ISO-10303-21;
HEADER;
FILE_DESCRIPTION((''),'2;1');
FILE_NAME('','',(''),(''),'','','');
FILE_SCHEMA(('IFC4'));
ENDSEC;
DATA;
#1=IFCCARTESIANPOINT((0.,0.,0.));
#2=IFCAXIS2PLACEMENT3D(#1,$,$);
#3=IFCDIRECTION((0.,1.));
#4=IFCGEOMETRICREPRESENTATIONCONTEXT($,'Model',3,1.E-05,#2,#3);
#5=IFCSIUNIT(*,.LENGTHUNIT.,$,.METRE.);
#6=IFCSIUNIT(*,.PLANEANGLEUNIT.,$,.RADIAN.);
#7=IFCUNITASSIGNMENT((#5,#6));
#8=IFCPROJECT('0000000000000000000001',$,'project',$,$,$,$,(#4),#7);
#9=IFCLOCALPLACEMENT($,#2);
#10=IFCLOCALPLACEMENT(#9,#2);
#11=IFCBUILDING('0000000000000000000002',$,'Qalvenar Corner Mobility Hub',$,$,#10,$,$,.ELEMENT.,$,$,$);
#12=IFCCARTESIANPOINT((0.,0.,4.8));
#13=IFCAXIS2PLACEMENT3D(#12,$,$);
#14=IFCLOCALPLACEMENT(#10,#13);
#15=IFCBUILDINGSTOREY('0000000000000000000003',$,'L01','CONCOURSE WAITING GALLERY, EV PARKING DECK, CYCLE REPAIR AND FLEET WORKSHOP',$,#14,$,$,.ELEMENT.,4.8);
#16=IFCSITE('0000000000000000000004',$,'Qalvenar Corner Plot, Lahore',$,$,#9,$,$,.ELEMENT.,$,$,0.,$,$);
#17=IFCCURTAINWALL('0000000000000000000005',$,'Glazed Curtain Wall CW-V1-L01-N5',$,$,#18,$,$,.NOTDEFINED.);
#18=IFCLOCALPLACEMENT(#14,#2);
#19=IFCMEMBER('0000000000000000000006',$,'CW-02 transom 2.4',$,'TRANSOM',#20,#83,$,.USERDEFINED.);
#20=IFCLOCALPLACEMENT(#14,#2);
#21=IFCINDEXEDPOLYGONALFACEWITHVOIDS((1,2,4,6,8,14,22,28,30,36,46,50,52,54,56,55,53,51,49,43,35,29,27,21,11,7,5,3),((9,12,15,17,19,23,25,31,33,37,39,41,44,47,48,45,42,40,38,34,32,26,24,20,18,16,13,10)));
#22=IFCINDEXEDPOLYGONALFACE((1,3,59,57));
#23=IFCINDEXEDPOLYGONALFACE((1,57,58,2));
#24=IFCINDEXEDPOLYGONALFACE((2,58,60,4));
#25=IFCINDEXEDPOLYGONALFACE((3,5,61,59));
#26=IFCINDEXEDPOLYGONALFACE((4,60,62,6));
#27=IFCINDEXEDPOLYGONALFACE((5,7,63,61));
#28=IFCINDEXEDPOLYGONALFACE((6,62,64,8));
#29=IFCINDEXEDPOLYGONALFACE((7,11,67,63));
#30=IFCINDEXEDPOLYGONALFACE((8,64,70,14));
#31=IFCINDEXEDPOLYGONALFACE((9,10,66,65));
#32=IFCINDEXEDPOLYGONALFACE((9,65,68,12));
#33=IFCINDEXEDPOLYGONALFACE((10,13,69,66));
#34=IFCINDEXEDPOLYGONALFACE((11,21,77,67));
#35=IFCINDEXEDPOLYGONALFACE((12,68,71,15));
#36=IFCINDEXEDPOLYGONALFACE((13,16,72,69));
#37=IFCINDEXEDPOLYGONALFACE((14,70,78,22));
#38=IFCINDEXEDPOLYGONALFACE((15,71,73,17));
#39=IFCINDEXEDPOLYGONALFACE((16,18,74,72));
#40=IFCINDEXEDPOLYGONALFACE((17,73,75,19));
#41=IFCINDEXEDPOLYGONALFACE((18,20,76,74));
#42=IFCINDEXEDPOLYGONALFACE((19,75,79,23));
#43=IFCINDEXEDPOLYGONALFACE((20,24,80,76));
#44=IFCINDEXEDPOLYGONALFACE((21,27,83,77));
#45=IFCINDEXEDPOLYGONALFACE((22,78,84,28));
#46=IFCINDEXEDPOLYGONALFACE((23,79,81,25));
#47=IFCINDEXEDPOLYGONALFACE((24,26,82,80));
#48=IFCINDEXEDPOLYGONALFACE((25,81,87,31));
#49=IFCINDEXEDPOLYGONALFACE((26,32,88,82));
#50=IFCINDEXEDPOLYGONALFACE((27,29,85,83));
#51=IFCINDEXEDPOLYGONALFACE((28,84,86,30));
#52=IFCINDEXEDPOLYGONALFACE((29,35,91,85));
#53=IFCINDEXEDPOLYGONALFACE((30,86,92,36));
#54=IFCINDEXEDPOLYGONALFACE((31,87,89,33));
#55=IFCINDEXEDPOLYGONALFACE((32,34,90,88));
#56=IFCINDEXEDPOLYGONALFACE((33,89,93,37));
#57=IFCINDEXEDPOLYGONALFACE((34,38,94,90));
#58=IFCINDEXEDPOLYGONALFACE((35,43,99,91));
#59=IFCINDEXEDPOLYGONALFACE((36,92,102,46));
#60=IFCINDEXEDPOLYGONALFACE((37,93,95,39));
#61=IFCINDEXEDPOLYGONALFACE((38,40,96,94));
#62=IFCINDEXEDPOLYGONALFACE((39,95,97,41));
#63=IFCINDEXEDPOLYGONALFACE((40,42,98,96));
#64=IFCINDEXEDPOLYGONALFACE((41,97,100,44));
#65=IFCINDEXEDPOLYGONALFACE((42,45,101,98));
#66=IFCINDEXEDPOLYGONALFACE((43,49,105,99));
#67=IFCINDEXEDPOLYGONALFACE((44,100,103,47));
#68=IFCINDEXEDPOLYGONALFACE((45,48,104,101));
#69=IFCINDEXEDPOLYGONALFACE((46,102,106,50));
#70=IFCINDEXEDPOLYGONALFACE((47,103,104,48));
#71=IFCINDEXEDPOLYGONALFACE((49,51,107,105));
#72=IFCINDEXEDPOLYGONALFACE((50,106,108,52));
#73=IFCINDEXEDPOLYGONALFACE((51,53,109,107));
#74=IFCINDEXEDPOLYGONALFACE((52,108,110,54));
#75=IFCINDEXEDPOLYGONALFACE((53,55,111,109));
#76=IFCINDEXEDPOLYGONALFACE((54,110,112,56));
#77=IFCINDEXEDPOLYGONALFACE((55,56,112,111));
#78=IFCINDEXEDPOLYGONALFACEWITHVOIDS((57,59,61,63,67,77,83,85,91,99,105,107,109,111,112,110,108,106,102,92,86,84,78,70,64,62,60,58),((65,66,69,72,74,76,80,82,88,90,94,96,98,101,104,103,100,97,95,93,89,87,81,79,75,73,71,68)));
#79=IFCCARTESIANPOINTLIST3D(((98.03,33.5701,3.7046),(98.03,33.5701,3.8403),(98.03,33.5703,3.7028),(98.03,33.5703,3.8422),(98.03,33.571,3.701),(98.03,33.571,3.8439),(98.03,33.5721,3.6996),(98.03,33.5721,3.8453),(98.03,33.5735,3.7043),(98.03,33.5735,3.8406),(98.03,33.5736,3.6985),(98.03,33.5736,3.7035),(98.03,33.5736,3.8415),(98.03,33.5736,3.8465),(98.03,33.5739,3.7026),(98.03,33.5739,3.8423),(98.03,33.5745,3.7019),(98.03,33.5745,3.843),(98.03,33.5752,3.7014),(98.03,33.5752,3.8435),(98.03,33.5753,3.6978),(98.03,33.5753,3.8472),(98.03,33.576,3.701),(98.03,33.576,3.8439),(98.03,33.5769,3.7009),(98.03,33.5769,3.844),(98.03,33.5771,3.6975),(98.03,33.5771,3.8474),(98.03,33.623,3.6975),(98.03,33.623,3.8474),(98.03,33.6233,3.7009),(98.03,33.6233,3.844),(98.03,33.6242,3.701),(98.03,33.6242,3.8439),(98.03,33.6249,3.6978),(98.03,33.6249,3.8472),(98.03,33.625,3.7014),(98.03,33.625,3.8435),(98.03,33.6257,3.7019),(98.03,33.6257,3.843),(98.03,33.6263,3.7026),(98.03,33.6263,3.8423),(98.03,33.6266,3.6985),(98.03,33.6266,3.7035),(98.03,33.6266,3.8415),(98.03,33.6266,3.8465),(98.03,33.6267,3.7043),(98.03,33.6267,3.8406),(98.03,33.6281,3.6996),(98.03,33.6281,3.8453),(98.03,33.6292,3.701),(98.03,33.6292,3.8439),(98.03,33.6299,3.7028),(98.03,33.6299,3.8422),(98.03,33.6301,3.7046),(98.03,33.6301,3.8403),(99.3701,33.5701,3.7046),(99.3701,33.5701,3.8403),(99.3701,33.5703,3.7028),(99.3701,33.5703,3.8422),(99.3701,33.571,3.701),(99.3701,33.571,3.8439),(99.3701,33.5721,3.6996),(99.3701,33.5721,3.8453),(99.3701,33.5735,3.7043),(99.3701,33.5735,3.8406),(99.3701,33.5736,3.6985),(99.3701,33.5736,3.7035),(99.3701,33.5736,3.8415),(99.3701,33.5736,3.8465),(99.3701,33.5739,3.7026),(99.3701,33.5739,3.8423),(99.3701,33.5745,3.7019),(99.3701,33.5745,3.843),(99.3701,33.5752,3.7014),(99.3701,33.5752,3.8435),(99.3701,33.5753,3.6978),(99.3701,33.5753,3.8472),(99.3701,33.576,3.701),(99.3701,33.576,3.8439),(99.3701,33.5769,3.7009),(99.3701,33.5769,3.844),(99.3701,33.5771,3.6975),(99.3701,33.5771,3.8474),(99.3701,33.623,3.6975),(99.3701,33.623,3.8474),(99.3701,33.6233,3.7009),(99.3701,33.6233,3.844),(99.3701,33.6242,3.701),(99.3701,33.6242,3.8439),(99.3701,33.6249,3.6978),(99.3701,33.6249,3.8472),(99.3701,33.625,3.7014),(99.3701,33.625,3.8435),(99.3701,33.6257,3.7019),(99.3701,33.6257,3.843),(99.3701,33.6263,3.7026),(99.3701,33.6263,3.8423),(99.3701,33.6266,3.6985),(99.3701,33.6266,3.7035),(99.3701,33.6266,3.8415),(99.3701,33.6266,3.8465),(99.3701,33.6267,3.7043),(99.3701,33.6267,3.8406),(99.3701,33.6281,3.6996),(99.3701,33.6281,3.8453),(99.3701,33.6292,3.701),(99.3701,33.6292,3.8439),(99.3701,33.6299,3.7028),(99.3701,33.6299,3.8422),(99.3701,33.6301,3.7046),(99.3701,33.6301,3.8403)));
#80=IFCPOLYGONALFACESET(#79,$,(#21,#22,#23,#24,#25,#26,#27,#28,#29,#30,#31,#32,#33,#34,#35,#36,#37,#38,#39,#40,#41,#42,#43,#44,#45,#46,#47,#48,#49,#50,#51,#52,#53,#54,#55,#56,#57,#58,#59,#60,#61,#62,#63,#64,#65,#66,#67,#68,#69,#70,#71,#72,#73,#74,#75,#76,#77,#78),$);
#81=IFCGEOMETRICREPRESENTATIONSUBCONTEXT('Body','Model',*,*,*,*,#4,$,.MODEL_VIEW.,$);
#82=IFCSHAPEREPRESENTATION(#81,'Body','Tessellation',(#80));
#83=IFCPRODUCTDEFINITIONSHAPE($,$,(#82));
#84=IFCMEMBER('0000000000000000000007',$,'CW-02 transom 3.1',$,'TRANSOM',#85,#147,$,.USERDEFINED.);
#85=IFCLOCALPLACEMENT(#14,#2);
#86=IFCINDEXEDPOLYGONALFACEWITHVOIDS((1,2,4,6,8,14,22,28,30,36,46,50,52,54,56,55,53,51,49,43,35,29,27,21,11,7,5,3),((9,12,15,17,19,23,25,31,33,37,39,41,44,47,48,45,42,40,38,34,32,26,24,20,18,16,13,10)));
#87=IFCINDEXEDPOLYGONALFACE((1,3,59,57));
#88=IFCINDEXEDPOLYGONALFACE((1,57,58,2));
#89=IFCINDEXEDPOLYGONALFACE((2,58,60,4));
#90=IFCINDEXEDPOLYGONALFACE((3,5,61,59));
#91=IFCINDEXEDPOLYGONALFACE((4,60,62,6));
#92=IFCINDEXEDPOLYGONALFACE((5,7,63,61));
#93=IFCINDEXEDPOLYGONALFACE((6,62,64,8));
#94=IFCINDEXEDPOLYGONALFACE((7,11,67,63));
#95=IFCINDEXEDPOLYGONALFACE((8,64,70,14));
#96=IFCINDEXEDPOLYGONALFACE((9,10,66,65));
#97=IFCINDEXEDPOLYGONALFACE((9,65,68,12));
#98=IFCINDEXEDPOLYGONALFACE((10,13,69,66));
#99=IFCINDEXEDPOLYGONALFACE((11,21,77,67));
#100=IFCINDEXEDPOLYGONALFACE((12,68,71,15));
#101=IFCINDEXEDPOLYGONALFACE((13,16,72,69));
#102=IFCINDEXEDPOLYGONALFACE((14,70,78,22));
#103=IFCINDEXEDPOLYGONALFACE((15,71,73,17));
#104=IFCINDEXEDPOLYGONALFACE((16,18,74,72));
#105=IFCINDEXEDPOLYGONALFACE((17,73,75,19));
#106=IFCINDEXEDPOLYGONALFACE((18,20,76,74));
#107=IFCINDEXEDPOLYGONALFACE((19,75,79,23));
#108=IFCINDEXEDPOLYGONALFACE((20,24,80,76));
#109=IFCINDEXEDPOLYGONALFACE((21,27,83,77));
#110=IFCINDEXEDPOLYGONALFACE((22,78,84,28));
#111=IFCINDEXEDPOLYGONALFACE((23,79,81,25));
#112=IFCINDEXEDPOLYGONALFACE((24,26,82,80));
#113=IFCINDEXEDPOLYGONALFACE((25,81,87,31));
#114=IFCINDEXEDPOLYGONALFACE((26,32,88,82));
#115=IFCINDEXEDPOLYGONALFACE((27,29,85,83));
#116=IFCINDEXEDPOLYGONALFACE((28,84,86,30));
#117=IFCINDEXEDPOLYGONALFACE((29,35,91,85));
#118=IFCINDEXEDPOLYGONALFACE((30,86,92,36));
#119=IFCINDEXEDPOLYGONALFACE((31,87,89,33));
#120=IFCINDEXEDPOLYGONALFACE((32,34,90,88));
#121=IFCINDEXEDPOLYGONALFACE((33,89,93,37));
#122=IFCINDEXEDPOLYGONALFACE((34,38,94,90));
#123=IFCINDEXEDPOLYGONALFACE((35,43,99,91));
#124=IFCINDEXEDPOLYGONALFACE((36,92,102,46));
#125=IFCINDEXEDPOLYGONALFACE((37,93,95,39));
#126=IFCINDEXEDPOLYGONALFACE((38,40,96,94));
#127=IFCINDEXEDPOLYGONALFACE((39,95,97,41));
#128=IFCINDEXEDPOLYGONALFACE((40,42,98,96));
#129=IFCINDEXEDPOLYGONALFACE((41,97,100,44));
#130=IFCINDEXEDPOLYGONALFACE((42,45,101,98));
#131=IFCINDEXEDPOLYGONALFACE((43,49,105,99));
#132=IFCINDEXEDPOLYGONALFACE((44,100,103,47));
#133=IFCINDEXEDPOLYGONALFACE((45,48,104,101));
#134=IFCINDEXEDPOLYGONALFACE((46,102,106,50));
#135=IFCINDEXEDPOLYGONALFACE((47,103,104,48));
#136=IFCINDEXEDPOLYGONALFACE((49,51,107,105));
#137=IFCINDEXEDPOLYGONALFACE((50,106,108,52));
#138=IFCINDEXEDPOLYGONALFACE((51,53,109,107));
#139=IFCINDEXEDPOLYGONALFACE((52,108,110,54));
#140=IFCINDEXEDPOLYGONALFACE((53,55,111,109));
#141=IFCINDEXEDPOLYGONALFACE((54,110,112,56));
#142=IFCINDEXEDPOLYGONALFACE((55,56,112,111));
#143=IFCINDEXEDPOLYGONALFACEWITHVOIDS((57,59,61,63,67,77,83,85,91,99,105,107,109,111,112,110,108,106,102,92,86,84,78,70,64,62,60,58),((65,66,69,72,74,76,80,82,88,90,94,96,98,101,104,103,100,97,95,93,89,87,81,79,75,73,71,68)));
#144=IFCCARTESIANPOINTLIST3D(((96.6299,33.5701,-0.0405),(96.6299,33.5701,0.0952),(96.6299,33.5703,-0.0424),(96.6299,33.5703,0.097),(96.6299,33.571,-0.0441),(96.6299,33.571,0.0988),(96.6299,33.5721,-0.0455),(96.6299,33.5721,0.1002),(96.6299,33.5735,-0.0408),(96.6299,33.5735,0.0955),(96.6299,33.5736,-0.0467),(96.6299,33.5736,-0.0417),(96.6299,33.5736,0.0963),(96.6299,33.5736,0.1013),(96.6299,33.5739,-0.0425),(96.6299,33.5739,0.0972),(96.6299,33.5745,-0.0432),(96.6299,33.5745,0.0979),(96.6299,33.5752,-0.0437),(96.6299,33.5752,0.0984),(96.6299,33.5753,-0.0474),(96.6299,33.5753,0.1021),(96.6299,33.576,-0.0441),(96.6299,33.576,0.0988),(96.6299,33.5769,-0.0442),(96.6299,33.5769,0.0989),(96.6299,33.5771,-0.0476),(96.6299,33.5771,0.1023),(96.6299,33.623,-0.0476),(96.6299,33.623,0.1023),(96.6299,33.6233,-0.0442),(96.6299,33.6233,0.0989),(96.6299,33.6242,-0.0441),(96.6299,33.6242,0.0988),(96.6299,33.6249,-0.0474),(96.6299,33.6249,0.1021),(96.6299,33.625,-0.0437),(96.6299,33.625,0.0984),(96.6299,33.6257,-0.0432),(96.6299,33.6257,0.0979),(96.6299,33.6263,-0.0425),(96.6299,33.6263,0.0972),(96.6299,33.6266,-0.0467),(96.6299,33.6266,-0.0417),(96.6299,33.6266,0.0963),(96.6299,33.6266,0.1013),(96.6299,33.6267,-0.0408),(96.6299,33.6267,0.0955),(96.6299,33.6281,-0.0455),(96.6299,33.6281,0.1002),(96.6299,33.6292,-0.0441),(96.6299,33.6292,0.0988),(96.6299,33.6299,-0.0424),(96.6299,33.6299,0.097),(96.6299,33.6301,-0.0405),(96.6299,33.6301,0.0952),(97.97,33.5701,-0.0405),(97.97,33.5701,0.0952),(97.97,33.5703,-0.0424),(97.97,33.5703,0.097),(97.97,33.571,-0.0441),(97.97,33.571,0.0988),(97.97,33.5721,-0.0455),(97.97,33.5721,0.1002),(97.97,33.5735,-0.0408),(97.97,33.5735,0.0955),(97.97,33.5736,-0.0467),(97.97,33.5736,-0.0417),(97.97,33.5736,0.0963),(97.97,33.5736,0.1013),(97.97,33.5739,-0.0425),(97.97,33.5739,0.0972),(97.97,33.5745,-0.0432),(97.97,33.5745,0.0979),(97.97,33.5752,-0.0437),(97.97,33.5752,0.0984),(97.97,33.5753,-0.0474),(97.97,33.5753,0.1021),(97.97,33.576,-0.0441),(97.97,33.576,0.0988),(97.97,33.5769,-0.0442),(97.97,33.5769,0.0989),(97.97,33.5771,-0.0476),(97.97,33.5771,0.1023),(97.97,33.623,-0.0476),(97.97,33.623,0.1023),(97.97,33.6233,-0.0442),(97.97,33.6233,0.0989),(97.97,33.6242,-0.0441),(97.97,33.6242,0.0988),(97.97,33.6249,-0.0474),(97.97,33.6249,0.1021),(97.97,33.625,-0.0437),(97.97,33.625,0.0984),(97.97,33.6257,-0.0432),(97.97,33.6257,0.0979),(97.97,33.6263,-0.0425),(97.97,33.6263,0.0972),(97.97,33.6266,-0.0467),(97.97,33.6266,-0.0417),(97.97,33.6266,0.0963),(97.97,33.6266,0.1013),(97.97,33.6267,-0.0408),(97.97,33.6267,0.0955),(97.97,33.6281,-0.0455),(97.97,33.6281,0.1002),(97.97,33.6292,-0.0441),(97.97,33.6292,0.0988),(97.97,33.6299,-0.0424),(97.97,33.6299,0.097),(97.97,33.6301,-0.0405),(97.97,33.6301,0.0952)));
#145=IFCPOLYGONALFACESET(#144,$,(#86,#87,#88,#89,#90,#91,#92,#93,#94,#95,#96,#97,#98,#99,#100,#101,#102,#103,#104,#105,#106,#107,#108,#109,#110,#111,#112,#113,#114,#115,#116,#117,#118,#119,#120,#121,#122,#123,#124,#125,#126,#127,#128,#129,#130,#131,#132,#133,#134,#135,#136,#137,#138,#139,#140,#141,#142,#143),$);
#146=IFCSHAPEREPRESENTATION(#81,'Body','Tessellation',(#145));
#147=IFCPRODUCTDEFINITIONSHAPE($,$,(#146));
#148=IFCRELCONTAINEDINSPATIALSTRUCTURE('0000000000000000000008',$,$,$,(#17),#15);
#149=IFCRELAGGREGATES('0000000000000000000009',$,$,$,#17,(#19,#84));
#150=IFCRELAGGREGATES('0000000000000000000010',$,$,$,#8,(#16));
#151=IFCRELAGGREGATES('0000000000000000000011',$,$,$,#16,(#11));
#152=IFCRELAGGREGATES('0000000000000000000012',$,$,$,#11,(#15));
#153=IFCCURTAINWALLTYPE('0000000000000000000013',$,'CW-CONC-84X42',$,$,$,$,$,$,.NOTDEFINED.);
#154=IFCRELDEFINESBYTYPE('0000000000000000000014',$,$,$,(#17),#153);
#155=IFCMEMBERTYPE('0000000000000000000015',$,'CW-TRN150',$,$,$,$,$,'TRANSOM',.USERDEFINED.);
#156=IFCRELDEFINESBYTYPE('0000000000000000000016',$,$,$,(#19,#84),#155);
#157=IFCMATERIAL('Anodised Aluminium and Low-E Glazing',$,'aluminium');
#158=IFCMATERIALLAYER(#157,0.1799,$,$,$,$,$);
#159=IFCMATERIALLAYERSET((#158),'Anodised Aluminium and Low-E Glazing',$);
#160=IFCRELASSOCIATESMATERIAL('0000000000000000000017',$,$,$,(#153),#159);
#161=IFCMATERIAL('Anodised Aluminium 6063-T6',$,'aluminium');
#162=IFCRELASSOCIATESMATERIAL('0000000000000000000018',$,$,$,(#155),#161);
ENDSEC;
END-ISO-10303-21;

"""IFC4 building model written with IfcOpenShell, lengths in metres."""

from ifc_helpers import new_model, si_unit, direction, frame, origin, origin_2d, place, context, subcontext, project, spatial, hollow_rectangle, extrude, material, layer, layer_set, material_profile, profile_set, type_object, element, aggregate, save


model = new_model("IFC4")

# Units and contexts
model_context = context("Model", 3, precision=1e-05, world=origin(), true_north=direction((0.0, 1.0)))
body_context = subcontext(model_context, "Body", "Model", "MODEL_VIEW")
ifc_project = project(units=[si_unit("LENGTHUNIT", "METRE"), si_unit("PLANEANGLEUNIT", "RADIAN")], contexts=[model_context])

# Site, building, storey
site_placement = place(None, origin())
site = spatial("IfcSite", under=ifc_project, at=site_placement, Name="Qalvenar Corner Plot, Lahore", CompositionType="ELEMENT", RefElevation=0.0)
building_placement = place(site_placement, origin())
building = spatial("IfcBuilding", under=site, at=building_placement, Name="Qalvenar Corner Mobility Hub", CompositionType="ELEMENT")
storey_placement = place(building_placement, frame((0.0, 0.0, 4.8)))
storey = spatial("IfcBuildingStorey", under=building, at=storey_placement, Name="L01", Description="CONCOURSE WAITING GALLERY, EV PARKING DECK, CYCLE REPAIR AND FLEET WORKSHOP", CompositionType="ELEMENT", Elevation=4.8)

# Curtain wall
ifc_material_1 = material(Name="Anodised Aluminium and Low-E Glazing", Category="aluminium")
ifc_layer_1 = layer(ifc_material_1, 0.1799)
ifc_layer_set_1 = layer_set([ifc_layer_1], Name="Anodised Aluminium and Low-E Glazing")
curtain_wall_type = type_object("IfcCurtainWallType", Name="CW-CONC-84X42", PredefinedType="NOTDEFINED", material=ifc_layer_set_1)
curtain_wall_1_placement = place(storey_placement, origin())
curtain_wall_1 = element("IfcCurtainWall", 1, at=curtain_wall_1_placement, inside=storey, type_object=curtain_wall_type, Name="Glazed Curtain Wall CW-V1-L01-N5", PredefinedType="NOTDEFINED")
ifc_material_2 = material(Name="Anodised Aluminium 6063-T6", Category="aluminium")

# Members
ifc_material_profile_1 = material_profile(ifc_material_2, hollow_rectangle(XDim=0.0601, YDim=0.1499, WallThickness=0.0034, InnerFilletRadius=0.0034, OuterFilletRadius=0.0071, at=origin_2d()), Name="RHS150x60x3.5")
ifc_profile_set_1 = profile_set([ifc_material_profile_1], Name="Anodised Aluminium 6063-T6")
member_type_1 = type_object("IfcMemberType", Name="CW-TRN150", ElementType="TRANSOM", PredefinedType="USERDEFINED", material=ifc_profile_set_1)
member_1_placement = place(storey_placement, frame((99.3701, 33.6001, 3.7725), z_axis=(-1.0, 0.0, 0.0), x_axis=(0.0, -1.0, 0.0)))
member_1 = element("IfcMember", 2, at=member_1_placement, type_object=member_type_1, Name="CW-02 transom 2.4", ObjectType="TRANSOM", PredefinedType="USERDEFINED", context=body_context, shape_type="SweptSolid", body=[
    extrude(hollow_rectangle(XDim=0.0601, YDim=0.1499, WallThickness=0.0034, InnerFilletRadius=0.0034, OuterFilletRadius=0.0071, at=origin_2d()), origin(), (0.0, 0.0, 1.0), 1.3401),
])
member_2_placement = place(storey_placement, frame((97.97, 33.6001, 0.0273), z_axis=(-1.0, 0.0, 0.0), x_axis=(0.0, -1.0, 0.0)))
member_2 = element("IfcMember", 3, at=member_2_placement, type_object=member_type_1, Name="CW-02 transom 3.1", ObjectType="TRANSOM", PredefinedType="USERDEFINED", context=body_context, shape_type="SweptSolid", body=[
    extrude(hollow_rectangle(XDim=0.0601, YDim=0.1499, WallThickness=0.0034, InnerFilletRadius=0.0034, OuterFilletRadius=0.0071, at=origin_2d()), origin(), (0.0, 0.0, 1.0), 1.3401),
])

aggregate(curtain_wall_1, [member_1, member_2])

save(model, "model.ifc")
